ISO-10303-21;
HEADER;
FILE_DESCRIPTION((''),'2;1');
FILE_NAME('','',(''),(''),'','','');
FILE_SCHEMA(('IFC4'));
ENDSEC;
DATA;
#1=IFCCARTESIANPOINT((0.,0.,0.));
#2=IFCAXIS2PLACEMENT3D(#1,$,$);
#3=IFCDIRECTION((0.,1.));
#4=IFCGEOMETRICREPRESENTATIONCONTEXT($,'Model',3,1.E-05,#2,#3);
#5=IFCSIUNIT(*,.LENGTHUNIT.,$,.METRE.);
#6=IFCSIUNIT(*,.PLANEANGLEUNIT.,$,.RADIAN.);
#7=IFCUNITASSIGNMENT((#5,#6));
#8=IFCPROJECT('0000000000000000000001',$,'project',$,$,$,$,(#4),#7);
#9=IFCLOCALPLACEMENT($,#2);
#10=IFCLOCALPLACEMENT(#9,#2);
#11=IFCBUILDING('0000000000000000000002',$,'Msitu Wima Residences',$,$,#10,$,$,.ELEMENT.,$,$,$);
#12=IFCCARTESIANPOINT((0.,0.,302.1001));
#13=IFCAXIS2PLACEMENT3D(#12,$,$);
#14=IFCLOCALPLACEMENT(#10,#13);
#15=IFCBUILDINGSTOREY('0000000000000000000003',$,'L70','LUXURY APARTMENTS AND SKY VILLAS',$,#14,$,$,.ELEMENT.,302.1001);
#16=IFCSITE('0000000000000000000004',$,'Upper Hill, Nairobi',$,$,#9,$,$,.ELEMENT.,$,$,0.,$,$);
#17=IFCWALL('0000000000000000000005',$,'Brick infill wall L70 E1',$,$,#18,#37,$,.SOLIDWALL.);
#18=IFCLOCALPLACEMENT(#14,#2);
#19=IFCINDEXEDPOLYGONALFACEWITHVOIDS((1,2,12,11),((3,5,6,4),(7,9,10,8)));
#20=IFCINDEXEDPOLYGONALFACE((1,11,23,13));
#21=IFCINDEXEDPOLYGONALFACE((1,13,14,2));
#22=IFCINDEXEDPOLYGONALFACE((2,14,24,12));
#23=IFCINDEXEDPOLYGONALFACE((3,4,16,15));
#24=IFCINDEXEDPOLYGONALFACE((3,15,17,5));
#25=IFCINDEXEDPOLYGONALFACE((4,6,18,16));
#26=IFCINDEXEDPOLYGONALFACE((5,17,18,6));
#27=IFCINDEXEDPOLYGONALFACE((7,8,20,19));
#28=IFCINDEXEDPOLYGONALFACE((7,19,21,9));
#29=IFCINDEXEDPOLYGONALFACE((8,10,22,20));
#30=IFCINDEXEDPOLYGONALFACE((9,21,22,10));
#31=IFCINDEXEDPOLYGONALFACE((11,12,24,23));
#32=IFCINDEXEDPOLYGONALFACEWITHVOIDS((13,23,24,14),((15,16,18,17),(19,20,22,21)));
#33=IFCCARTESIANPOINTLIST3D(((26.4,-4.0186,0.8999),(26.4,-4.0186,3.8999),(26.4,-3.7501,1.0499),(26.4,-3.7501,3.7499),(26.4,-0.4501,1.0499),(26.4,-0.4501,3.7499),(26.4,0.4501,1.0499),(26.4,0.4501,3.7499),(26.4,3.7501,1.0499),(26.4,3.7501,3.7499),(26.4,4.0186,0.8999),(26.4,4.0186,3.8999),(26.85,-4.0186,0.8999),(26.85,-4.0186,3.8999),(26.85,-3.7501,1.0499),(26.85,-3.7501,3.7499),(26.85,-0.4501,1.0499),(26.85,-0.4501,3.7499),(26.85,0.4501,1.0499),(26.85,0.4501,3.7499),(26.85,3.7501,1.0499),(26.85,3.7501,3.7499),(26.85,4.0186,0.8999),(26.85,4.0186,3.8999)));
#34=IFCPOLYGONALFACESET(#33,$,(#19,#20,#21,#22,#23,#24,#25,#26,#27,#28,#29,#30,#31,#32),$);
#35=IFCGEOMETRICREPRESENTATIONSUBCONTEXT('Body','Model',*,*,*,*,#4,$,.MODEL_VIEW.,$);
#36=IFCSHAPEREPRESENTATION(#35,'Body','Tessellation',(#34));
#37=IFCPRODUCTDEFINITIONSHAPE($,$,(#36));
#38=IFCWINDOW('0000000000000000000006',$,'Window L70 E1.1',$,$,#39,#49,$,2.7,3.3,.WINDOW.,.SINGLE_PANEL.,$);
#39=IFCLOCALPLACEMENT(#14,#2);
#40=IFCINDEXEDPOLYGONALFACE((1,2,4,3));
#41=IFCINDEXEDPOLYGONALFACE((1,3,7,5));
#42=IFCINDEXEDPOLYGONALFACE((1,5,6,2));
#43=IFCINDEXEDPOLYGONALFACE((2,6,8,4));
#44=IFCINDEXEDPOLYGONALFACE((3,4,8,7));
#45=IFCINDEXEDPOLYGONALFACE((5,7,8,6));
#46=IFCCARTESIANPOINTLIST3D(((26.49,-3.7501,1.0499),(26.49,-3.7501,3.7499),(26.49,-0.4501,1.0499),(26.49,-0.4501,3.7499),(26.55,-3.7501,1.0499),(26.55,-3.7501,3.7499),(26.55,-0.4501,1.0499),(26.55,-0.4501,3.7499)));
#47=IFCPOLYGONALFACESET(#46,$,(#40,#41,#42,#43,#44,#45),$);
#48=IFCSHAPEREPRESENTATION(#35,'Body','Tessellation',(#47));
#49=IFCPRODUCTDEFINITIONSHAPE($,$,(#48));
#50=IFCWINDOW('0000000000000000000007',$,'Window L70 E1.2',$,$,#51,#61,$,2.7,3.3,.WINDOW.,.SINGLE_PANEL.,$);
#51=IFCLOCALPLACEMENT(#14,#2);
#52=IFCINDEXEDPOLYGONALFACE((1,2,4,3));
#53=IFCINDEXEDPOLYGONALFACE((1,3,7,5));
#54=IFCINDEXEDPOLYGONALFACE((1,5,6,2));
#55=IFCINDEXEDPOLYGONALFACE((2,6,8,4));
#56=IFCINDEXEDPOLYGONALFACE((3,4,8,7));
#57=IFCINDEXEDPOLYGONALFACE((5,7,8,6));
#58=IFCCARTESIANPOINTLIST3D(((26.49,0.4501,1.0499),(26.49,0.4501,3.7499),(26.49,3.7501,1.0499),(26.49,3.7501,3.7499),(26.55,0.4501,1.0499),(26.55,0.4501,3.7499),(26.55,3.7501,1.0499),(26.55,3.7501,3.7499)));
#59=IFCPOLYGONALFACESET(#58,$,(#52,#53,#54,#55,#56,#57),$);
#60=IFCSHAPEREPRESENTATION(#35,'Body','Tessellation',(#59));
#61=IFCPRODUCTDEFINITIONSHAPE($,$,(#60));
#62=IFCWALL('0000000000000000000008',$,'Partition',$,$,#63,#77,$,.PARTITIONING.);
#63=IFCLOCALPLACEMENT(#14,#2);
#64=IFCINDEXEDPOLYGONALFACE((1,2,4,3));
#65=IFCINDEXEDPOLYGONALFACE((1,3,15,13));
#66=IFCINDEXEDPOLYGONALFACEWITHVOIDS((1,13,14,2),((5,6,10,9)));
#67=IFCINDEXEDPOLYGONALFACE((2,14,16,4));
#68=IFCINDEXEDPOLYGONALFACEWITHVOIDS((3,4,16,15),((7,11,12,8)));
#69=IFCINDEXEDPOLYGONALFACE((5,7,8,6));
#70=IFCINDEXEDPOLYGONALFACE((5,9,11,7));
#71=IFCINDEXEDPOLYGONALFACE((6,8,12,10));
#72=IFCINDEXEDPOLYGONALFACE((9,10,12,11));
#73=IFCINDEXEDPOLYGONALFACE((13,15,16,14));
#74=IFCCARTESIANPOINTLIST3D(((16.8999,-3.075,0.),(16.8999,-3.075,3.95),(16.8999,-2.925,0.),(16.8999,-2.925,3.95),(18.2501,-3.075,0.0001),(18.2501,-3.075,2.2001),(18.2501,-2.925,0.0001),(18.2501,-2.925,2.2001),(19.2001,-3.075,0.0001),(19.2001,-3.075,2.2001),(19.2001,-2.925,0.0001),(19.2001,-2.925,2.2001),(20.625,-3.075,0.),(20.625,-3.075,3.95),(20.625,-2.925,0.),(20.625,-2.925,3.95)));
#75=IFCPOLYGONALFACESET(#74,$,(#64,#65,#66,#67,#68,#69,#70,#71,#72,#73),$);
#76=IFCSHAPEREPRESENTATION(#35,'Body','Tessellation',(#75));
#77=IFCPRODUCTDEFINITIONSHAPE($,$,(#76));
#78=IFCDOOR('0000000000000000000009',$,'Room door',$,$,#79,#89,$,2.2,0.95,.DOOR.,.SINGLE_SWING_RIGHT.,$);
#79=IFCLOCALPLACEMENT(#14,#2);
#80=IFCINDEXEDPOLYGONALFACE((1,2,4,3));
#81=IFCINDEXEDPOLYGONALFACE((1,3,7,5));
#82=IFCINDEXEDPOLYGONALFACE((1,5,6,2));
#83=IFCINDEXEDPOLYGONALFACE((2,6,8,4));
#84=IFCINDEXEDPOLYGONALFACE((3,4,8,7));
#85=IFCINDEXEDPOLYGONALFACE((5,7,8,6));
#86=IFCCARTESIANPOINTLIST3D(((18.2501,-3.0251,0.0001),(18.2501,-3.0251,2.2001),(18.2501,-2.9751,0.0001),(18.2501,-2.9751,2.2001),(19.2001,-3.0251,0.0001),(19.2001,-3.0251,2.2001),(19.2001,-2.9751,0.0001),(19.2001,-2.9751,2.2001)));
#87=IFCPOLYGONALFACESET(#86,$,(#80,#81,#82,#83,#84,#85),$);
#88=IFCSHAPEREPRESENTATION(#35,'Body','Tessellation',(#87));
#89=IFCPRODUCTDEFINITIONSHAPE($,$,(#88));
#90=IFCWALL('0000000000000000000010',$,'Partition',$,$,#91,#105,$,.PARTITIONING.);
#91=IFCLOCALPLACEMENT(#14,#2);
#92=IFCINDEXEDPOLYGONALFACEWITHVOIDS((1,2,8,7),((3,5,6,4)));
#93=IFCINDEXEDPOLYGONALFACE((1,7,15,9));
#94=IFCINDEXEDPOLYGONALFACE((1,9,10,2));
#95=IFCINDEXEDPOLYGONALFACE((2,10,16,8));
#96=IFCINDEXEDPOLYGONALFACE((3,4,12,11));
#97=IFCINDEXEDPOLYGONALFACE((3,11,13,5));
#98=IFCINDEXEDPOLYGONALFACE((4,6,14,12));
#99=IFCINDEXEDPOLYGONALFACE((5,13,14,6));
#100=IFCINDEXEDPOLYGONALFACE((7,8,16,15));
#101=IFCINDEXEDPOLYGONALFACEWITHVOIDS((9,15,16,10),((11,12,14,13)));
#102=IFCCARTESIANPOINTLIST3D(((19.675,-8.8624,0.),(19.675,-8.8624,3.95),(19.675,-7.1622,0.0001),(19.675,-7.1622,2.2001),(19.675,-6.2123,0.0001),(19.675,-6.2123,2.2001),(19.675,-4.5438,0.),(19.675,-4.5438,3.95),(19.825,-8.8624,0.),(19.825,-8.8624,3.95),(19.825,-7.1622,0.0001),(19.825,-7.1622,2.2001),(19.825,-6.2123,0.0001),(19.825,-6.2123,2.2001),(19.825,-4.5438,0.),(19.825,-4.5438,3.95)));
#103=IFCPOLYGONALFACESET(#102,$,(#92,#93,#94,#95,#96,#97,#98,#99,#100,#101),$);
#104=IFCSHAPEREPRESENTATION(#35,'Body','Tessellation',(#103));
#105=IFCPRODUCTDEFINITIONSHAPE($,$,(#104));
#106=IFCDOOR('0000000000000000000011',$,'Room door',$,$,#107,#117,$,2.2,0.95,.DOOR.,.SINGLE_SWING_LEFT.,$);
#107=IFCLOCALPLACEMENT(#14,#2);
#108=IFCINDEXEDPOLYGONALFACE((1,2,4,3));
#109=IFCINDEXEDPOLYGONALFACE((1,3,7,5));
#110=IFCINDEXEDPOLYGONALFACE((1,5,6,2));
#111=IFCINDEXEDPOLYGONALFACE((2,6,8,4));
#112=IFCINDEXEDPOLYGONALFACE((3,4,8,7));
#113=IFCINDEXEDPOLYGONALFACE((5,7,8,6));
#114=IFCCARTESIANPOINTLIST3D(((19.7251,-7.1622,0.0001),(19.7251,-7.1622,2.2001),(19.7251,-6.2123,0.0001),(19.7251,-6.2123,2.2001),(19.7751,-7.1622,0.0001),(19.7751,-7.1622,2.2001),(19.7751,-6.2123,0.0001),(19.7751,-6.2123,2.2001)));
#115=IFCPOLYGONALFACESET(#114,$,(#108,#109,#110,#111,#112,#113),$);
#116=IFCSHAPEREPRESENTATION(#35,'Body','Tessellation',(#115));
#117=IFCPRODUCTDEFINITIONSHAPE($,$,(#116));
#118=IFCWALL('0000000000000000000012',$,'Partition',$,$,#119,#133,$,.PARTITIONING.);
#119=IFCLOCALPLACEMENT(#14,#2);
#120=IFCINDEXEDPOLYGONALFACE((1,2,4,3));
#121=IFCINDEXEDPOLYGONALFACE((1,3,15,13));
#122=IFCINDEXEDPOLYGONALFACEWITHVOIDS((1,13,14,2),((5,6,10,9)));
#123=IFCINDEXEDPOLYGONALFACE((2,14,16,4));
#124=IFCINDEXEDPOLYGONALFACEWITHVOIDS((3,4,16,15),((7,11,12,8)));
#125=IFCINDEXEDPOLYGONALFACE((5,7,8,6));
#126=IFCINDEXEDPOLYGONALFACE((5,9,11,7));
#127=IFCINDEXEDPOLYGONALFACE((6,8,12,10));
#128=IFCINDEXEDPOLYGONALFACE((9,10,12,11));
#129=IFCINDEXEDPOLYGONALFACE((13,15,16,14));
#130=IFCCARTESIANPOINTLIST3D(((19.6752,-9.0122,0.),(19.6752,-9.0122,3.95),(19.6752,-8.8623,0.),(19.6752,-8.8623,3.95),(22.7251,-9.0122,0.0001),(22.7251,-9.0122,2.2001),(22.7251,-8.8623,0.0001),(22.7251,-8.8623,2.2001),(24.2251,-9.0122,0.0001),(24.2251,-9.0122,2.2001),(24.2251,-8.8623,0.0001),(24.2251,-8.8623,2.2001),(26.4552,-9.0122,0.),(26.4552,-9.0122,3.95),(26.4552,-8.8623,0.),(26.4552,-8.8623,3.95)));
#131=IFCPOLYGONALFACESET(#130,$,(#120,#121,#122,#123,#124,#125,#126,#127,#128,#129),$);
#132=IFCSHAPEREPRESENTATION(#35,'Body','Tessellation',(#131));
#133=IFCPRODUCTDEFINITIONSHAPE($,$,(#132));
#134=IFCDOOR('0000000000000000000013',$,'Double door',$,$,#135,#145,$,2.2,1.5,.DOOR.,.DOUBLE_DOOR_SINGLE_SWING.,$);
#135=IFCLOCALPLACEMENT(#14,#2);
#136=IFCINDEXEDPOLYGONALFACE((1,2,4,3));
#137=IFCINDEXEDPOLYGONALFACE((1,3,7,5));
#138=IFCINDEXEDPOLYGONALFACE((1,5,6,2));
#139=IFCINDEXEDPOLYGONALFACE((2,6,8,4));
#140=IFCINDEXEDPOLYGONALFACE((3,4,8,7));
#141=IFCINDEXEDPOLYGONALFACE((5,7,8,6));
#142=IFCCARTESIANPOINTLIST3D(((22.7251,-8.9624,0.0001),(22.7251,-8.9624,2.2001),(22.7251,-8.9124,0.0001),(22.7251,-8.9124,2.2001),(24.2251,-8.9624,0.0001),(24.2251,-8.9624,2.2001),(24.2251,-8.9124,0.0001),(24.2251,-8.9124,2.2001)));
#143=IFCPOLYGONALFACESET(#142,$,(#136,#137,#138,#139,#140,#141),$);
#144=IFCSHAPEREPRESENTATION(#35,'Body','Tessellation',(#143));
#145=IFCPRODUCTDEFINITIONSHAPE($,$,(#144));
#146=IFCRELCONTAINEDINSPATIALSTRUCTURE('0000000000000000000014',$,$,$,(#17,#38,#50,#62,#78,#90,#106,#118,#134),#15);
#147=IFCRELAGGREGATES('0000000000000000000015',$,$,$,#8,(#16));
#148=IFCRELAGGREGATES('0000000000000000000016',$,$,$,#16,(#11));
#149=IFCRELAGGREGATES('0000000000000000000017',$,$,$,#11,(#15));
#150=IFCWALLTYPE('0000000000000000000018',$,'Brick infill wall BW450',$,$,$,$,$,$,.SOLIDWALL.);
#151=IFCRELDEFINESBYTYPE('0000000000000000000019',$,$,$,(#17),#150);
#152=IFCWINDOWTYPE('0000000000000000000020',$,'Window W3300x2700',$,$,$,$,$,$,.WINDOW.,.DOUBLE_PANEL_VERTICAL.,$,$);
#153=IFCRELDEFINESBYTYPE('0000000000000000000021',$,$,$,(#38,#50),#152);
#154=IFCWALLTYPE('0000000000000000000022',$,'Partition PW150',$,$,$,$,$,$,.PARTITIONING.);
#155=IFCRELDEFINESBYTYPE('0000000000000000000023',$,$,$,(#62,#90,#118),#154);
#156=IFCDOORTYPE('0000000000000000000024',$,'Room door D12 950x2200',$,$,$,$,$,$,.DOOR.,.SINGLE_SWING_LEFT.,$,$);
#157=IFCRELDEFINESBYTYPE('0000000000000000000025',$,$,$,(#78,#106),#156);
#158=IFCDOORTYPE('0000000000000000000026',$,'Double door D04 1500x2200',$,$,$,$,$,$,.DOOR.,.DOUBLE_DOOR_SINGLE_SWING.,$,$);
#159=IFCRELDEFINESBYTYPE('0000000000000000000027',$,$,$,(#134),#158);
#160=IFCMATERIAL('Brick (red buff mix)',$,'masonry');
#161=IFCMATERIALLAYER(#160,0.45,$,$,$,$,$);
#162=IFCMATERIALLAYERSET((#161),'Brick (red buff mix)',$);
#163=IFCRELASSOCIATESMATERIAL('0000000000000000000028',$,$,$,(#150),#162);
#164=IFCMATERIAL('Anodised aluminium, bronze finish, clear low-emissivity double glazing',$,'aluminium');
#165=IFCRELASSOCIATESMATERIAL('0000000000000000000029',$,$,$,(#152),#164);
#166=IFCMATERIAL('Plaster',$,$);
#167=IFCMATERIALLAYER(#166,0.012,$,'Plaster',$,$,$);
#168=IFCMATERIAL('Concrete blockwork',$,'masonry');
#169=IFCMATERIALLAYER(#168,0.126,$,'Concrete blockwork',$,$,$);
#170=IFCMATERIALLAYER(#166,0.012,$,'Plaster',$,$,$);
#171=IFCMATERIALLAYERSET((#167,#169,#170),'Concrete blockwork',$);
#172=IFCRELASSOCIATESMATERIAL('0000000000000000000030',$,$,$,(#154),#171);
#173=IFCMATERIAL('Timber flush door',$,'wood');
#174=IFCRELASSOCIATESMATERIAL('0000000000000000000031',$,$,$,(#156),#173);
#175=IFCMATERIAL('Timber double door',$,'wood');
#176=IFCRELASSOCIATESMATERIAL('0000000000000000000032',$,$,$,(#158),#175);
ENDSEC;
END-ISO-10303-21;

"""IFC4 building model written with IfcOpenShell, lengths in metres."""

from ifc_helpers import new_model, si_unit, direction, frame, frame_2d, origin, place, context, subcontext, project, spatial, rectangle, extrude, material, layer, layer_set, type_object, element, fill, save


model = new_model("IFC4")

# Units and contexts
model_context = context("Model", 3, precision=1e-05, world=origin(), true_north=direction((0.0, 1.0)))
body_context = subcontext(model_context, "Body", "Model", "MODEL_VIEW")
ifc_project = project(units=[si_unit("LENGTHUNIT", "METRE"), si_unit("PLANEANGLEUNIT", "RADIAN")], contexts=[model_context])

# Site, building, storey
site_placement = place(None, origin())
site = spatial("IfcSite", under=ifc_project, at=site_placement, Name="Upper Hill, Nairobi", CompositionType="ELEMENT", RefElevation=0.0)
building_placement = place(site_placement, origin())
building = spatial("IfcBuilding", under=site, at=building_placement, Name="Msitu Wima Residences", CompositionType="ELEMENT")
storey_placement = place(building_placement, frame((0.0, 0.0, 302.1001)))
storey = spatial("IfcBuildingStorey", under=building, at=storey_placement, Name="L70", Description="LUXURY APARTMENTS AND SKY VILLAS", CompositionType="ELEMENT", Elevation=302.1001)

# Shared definitions
ifc_material_1 = material(Name="Brick (red buff mix)", Category="masonry")
ifc_layer_1 = layer(ifc_material_1, 0.45)
ifc_layer_set_1 = layer_set([ifc_layer_1], Name="Brick (red buff mix)")
wall_type_1 = type_object("IfcWallType", Name="Brick infill wall BW450", PredefinedType="SOLIDWALL", material=ifc_layer_set_1)
ifc_material_2 = material(Name="Anodised aluminium, bronze finish, clear low-emissivity double glazing", Category="aluminium")
window_type = type_object("IfcWindowType", Name="Window W3300x2700", PartitioningType="DOUBLE_PANEL_VERTICAL", PredefinedType="WINDOW", material=ifc_material_2)

# Wall, openings, windows
wall_1_placement = place(storey_placement, frame((26.625, -4.0186, 0.8999), z_axis=(0.0, 0.0, 1.0), x_axis=(0.0, 1.0, 0.0)))
wall_1 = element("IfcWall", 1, at=wall_1_placement, inside=storey, type_object=wall_type_1, Name="Brick infill wall L70 E1", PredefinedType="SOLIDWALL", context=body_context, shape_type="SweptSolid", body=[
    extrude(rectangle(XDim=8.0371, YDim=0.45, at=frame_2d((4.0186, 0.0))), origin(), (0.0, 0.0, 1.0), 3.0),
])
opening_1_placement = place(wall_1_placement, frame((0.2686, 0.0, 0.1499)))
opening_1 = element("IfcOpeningElement", 2, at=opening_1_placement, cuts=wall_1, PredefinedType="OPENING", context=body_context, shape_type="SweptSolid", body=[
    extrude(rectangle(XDim=3.3, YDim=2.7, at=frame_2d((1.6499, 1.3501))), frame((0.0, 0.2349, 0.0), z_axis=(0.0, -1.0, 0.0), x_axis=(1.0, 0.0, 0.0)), (0.0, 0.0, 1.0), 0.47),
])
opening_2_placement = place(wall_1_placement, frame((4.4688, 0.0, 0.1499)))
opening_2 = element("IfcOpeningElement", 3, at=opening_2_placement, cuts=wall_1, PredefinedType="OPENING", context=body_context, shape_type="SweptSolid", body=[
    extrude(rectangle(XDim=3.3, YDim=2.7, at=frame_2d((1.6499, 1.3501))), frame((0.0, 0.2349, 0.0), z_axis=(0.0, -1.0, 0.0), x_axis=(1.0, 0.0, 0.0)), (0.0, 0.0, 1.0), 0.47),
])
window_1_placement = place(opening_1_placement, origin())
window_1 = element("IfcWindow", 4, at=window_1_placement, inside=storey, type_object=window_type, Name="Window L70 E1.1", OverallHeight=2.7, OverallWidth=3.3, PartitioningType="SINGLE_PANEL", PredefinedType="WINDOW", context=body_context, shape_type="SweptSolid", body=[
    extrude(rectangle(XDim=3.3, YDim=2.7, at=frame_2d((1.6499, 1.3501))), frame((0.0, 0.135, 0.0), z_axis=(0.0, -1.0, 0.0), x_axis=(1.0, 0.0, 0.0)), (0.0, 0.0, 1.0), 0.0601),
])
fill(opening_1, window_1)
window_2_placement = place(opening_2_placement, origin())
window_2 = element("IfcWindow", 5, at=window_2_placement, inside=storey, type_object=window_type, Name="Window L70 E1.2", OverallHeight=2.7, OverallWidth=3.3, PartitioningType="SINGLE_PANEL", PredefinedType="WINDOW", context=body_context, shape_type="SweptSolid", body=[
    extrude(rectangle(XDim=3.3, YDim=2.7, at=frame_2d((1.6499, 1.3501))), frame((0.0, 0.135, 0.0), z_axis=(0.0, -1.0, 0.0), x_axis=(1.0, 0.0, 0.0)), (0.0, 0.0, 1.0), 0.0601),
])
fill(opening_2, window_2)

# Walls, openings, doors
ifc_material_3 = material(Name="Plaster")
ifc_layer_2 = layer(ifc_material_3, 0.012, Name="Plaster")
ifc_material_4 = material(Name="Concrete blockwork", Category="masonry")
ifc_layer_3 = layer(ifc_material_4, 0.126, Name="Concrete blockwork")
ifc_layer_4 = layer(ifc_material_3, 0.012, Name="Plaster")
ifc_layer_set_2 = layer_set([ifc_layer_2, ifc_layer_3, ifc_layer_4], Name="Concrete blockwork")
wall_type_2 = type_object("IfcWallType", Name="Partition PW150", PredefinedType="PARTITIONING", material=ifc_layer_set_2)
wall_2_placement = place(storey_placement, frame((16.8999, -3.0, 0.0), z_axis=(0.0, 0.0, 1.0), x_axis=(1.0, 0.0, 0.0)))
wall_2 = element("IfcWall", 6, at=wall_2_placement, inside=storey, type_object=wall_type_2, Name="Partition", PredefinedType="PARTITIONING", context=body_context, shape_type="SweptSolid", body=[
    extrude(rectangle(XDim=3.7251, YDim=0.1499, at=frame_2d((1.8625, 0.0))), origin(), (0.0, 0.0, 1.0), 3.95),
])
opening_3_placement = place(wall_2_placement, frame((1.3501, 0.0, 0.0)))
opening_3 = element("IfcOpeningElement", 7, at=opening_3_placement, cuts=wall_2, PredefinedType="OPENING", context=body_context, shape_type="SweptSolid", body=[
    extrude(rectangle(XDim=0.95, YDim=2.2, at=frame_2d((0.4751, 1.1001))), frame((0.0, 0.085, 0.0), z_axis=(0.0, -1.0, 0.0), x_axis=(1.0, 0.0, 0.0)), (0.0, 0.0, 1.0), 0.1699),
])
ifc_material_5 = material(Name="Timber flush door", Category="wood")
door_type_1 = type_object("IfcDoorType", Name="Room door D12 950x2200", OperationType="SINGLE_SWING_LEFT", PredefinedType="DOOR", material=ifc_material_5)
door_1_placement = place(opening_3_placement, origin())
door_1 = element("IfcDoor", 8, at=door_1_placement, inside=storey, type_object=door_type_1, Name="Room door", OperationType="SINGLE_SWING_RIGHT", OverallHeight=2.2, OverallWidth=0.95, PredefinedType="DOOR", context=body_context, shape_type="SweptSolid", body=[
    extrude(rectangle(XDim=0.95, YDim=2.2, at=frame_2d((0.4751, 1.1001))), frame((0.0, 0.0249, 0.0), z_axis=(0.0, -1.0, 0.0), x_axis=(1.0, 0.0, 0.0)), (0.0, 0.0, 1.0), 0.05),
])
fill(opening_3, door_1)
wall_3_placement = place(storey_placement, frame((19.75, -8.8623, 0.0), z_axis=(0.0, 0.0, 1.0), x_axis=(0.0, 1.0, 0.0)))
wall_3 = element("IfcWall", 9, at=wall_3_placement, inside=storey, type_object=wall_type_2, Name="Partition", PredefinedType="PARTITIONING", context=body_context, shape_type="SweptSolid", body=[
    extrude(rectangle(XDim=4.3186, YDim=0.1499, at=frame_2d((2.1592, 0.0))), origin(), (0.0, 0.0, 1.0), 3.95),
])
opening_4_placement = place(wall_3_placement, frame((1.7, 0.0, 0.0)))
opening_4 = element("IfcOpeningElement", 10, at=opening_4_placement, cuts=wall_3, PredefinedType="OPENING", context=body_context, shape_type="SweptSolid", body=[
    extrude(rectangle(XDim=0.95, YDim=2.2, at=frame_2d((0.4751, 1.1001))), frame((0.0, 0.085, 0.0), z_axis=(0.0, -1.0, 0.0), x_axis=(1.0, 0.0, 0.0)), (0.0, 0.0, 1.0), 0.1699),
])
door_2_placement = place(opening_4_placement, origin())
door_2 = element("IfcDoor", 11, at=door_2_placement, inside=storey, type_object=door_type_1, Name="Room door", OperationType="SINGLE_SWING_LEFT", OverallHeight=2.2, OverallWidth=0.95, PredefinedType="DOOR", context=body_context, shape_type="SweptSolid", body=[
    extrude(rectangle(XDim=0.95, YDim=2.2, at=frame_2d((0.4751, 1.1001))), frame((0.0, 0.0249, 0.0), z_axis=(0.0, -1.0, 0.0), x_axis=(1.0, 0.0, 0.0)), (0.0, 0.0, 1.0), 0.05),
])
fill(opening_4, door_2)
wall_4_placement = place(storey_placement, frame((19.675, -8.9373, 0.0), z_axis=(0.0, 0.0, 1.0), x_axis=(1.0, 0.0, 0.0)))
wall_4 = element("IfcWall", 12, at=wall_4_placement, inside=storey, type_object=wall_type_2, Name="Partition", PredefinedType="PARTITIONING", context=body_context, shape_type="SweptSolid", body=[
    extrude(rectangle(XDim=6.78, YDim=0.1499, at=frame_2d((3.3901, 0.0))), origin(), (0.0, 0.0, 1.0), 3.95),
])
opening_5_placement = place(wall_4_placement, frame((3.05, 0.0, 0.0)))
opening_5 = element("IfcOpeningElement", 13, at=opening_5_placement, cuts=wall_4, PredefinedType="OPENING", context=body_context, shape_type="SweptSolid", body=[
    extrude(rectangle(XDim=1.5, YDim=2.2, at=frame_2d((0.75, 1.1001))), frame((0.0, 0.085, 0.0), z_axis=(0.0, -1.0, 0.0), x_axis=(1.0, 0.0, 0.0)), (0.0, 0.0, 1.0), 0.1699),
])
ifc_material_6 = material(Name="Timber double door", Category="wood")
door_type_2 = type_object("IfcDoorType", Name="Double door D04 1500x2200", OperationType="DOUBLE_DOOR_SINGLE_SWING", PredefinedType="DOOR", material=ifc_material_6)
door_3_placement = place(opening_5_placement, origin())
door_3 = element("IfcDoor", 14, at=door_3_placement, inside=storey, type_object=door_type_2, Name="Double door", OperationType="DOUBLE_DOOR_SINGLE_SWING", OverallHeight=2.2, OverallWidth=1.5, PredefinedType="DOOR", context=body_context, shape_type="SweptSolid", body=[
    extrude(rectangle(XDim=1.5, YDim=2.2, at=frame_2d((0.75, 1.1001))), frame((0.0, 0.0249, 0.0), z_axis=(0.0, -1.0, 0.0), x_axis=(1.0, 0.0, 0.0)), (0.0, 0.0, 1.0), 0.05),
])
fill(opening_5, door_3)

save(model, "model.ifc")
